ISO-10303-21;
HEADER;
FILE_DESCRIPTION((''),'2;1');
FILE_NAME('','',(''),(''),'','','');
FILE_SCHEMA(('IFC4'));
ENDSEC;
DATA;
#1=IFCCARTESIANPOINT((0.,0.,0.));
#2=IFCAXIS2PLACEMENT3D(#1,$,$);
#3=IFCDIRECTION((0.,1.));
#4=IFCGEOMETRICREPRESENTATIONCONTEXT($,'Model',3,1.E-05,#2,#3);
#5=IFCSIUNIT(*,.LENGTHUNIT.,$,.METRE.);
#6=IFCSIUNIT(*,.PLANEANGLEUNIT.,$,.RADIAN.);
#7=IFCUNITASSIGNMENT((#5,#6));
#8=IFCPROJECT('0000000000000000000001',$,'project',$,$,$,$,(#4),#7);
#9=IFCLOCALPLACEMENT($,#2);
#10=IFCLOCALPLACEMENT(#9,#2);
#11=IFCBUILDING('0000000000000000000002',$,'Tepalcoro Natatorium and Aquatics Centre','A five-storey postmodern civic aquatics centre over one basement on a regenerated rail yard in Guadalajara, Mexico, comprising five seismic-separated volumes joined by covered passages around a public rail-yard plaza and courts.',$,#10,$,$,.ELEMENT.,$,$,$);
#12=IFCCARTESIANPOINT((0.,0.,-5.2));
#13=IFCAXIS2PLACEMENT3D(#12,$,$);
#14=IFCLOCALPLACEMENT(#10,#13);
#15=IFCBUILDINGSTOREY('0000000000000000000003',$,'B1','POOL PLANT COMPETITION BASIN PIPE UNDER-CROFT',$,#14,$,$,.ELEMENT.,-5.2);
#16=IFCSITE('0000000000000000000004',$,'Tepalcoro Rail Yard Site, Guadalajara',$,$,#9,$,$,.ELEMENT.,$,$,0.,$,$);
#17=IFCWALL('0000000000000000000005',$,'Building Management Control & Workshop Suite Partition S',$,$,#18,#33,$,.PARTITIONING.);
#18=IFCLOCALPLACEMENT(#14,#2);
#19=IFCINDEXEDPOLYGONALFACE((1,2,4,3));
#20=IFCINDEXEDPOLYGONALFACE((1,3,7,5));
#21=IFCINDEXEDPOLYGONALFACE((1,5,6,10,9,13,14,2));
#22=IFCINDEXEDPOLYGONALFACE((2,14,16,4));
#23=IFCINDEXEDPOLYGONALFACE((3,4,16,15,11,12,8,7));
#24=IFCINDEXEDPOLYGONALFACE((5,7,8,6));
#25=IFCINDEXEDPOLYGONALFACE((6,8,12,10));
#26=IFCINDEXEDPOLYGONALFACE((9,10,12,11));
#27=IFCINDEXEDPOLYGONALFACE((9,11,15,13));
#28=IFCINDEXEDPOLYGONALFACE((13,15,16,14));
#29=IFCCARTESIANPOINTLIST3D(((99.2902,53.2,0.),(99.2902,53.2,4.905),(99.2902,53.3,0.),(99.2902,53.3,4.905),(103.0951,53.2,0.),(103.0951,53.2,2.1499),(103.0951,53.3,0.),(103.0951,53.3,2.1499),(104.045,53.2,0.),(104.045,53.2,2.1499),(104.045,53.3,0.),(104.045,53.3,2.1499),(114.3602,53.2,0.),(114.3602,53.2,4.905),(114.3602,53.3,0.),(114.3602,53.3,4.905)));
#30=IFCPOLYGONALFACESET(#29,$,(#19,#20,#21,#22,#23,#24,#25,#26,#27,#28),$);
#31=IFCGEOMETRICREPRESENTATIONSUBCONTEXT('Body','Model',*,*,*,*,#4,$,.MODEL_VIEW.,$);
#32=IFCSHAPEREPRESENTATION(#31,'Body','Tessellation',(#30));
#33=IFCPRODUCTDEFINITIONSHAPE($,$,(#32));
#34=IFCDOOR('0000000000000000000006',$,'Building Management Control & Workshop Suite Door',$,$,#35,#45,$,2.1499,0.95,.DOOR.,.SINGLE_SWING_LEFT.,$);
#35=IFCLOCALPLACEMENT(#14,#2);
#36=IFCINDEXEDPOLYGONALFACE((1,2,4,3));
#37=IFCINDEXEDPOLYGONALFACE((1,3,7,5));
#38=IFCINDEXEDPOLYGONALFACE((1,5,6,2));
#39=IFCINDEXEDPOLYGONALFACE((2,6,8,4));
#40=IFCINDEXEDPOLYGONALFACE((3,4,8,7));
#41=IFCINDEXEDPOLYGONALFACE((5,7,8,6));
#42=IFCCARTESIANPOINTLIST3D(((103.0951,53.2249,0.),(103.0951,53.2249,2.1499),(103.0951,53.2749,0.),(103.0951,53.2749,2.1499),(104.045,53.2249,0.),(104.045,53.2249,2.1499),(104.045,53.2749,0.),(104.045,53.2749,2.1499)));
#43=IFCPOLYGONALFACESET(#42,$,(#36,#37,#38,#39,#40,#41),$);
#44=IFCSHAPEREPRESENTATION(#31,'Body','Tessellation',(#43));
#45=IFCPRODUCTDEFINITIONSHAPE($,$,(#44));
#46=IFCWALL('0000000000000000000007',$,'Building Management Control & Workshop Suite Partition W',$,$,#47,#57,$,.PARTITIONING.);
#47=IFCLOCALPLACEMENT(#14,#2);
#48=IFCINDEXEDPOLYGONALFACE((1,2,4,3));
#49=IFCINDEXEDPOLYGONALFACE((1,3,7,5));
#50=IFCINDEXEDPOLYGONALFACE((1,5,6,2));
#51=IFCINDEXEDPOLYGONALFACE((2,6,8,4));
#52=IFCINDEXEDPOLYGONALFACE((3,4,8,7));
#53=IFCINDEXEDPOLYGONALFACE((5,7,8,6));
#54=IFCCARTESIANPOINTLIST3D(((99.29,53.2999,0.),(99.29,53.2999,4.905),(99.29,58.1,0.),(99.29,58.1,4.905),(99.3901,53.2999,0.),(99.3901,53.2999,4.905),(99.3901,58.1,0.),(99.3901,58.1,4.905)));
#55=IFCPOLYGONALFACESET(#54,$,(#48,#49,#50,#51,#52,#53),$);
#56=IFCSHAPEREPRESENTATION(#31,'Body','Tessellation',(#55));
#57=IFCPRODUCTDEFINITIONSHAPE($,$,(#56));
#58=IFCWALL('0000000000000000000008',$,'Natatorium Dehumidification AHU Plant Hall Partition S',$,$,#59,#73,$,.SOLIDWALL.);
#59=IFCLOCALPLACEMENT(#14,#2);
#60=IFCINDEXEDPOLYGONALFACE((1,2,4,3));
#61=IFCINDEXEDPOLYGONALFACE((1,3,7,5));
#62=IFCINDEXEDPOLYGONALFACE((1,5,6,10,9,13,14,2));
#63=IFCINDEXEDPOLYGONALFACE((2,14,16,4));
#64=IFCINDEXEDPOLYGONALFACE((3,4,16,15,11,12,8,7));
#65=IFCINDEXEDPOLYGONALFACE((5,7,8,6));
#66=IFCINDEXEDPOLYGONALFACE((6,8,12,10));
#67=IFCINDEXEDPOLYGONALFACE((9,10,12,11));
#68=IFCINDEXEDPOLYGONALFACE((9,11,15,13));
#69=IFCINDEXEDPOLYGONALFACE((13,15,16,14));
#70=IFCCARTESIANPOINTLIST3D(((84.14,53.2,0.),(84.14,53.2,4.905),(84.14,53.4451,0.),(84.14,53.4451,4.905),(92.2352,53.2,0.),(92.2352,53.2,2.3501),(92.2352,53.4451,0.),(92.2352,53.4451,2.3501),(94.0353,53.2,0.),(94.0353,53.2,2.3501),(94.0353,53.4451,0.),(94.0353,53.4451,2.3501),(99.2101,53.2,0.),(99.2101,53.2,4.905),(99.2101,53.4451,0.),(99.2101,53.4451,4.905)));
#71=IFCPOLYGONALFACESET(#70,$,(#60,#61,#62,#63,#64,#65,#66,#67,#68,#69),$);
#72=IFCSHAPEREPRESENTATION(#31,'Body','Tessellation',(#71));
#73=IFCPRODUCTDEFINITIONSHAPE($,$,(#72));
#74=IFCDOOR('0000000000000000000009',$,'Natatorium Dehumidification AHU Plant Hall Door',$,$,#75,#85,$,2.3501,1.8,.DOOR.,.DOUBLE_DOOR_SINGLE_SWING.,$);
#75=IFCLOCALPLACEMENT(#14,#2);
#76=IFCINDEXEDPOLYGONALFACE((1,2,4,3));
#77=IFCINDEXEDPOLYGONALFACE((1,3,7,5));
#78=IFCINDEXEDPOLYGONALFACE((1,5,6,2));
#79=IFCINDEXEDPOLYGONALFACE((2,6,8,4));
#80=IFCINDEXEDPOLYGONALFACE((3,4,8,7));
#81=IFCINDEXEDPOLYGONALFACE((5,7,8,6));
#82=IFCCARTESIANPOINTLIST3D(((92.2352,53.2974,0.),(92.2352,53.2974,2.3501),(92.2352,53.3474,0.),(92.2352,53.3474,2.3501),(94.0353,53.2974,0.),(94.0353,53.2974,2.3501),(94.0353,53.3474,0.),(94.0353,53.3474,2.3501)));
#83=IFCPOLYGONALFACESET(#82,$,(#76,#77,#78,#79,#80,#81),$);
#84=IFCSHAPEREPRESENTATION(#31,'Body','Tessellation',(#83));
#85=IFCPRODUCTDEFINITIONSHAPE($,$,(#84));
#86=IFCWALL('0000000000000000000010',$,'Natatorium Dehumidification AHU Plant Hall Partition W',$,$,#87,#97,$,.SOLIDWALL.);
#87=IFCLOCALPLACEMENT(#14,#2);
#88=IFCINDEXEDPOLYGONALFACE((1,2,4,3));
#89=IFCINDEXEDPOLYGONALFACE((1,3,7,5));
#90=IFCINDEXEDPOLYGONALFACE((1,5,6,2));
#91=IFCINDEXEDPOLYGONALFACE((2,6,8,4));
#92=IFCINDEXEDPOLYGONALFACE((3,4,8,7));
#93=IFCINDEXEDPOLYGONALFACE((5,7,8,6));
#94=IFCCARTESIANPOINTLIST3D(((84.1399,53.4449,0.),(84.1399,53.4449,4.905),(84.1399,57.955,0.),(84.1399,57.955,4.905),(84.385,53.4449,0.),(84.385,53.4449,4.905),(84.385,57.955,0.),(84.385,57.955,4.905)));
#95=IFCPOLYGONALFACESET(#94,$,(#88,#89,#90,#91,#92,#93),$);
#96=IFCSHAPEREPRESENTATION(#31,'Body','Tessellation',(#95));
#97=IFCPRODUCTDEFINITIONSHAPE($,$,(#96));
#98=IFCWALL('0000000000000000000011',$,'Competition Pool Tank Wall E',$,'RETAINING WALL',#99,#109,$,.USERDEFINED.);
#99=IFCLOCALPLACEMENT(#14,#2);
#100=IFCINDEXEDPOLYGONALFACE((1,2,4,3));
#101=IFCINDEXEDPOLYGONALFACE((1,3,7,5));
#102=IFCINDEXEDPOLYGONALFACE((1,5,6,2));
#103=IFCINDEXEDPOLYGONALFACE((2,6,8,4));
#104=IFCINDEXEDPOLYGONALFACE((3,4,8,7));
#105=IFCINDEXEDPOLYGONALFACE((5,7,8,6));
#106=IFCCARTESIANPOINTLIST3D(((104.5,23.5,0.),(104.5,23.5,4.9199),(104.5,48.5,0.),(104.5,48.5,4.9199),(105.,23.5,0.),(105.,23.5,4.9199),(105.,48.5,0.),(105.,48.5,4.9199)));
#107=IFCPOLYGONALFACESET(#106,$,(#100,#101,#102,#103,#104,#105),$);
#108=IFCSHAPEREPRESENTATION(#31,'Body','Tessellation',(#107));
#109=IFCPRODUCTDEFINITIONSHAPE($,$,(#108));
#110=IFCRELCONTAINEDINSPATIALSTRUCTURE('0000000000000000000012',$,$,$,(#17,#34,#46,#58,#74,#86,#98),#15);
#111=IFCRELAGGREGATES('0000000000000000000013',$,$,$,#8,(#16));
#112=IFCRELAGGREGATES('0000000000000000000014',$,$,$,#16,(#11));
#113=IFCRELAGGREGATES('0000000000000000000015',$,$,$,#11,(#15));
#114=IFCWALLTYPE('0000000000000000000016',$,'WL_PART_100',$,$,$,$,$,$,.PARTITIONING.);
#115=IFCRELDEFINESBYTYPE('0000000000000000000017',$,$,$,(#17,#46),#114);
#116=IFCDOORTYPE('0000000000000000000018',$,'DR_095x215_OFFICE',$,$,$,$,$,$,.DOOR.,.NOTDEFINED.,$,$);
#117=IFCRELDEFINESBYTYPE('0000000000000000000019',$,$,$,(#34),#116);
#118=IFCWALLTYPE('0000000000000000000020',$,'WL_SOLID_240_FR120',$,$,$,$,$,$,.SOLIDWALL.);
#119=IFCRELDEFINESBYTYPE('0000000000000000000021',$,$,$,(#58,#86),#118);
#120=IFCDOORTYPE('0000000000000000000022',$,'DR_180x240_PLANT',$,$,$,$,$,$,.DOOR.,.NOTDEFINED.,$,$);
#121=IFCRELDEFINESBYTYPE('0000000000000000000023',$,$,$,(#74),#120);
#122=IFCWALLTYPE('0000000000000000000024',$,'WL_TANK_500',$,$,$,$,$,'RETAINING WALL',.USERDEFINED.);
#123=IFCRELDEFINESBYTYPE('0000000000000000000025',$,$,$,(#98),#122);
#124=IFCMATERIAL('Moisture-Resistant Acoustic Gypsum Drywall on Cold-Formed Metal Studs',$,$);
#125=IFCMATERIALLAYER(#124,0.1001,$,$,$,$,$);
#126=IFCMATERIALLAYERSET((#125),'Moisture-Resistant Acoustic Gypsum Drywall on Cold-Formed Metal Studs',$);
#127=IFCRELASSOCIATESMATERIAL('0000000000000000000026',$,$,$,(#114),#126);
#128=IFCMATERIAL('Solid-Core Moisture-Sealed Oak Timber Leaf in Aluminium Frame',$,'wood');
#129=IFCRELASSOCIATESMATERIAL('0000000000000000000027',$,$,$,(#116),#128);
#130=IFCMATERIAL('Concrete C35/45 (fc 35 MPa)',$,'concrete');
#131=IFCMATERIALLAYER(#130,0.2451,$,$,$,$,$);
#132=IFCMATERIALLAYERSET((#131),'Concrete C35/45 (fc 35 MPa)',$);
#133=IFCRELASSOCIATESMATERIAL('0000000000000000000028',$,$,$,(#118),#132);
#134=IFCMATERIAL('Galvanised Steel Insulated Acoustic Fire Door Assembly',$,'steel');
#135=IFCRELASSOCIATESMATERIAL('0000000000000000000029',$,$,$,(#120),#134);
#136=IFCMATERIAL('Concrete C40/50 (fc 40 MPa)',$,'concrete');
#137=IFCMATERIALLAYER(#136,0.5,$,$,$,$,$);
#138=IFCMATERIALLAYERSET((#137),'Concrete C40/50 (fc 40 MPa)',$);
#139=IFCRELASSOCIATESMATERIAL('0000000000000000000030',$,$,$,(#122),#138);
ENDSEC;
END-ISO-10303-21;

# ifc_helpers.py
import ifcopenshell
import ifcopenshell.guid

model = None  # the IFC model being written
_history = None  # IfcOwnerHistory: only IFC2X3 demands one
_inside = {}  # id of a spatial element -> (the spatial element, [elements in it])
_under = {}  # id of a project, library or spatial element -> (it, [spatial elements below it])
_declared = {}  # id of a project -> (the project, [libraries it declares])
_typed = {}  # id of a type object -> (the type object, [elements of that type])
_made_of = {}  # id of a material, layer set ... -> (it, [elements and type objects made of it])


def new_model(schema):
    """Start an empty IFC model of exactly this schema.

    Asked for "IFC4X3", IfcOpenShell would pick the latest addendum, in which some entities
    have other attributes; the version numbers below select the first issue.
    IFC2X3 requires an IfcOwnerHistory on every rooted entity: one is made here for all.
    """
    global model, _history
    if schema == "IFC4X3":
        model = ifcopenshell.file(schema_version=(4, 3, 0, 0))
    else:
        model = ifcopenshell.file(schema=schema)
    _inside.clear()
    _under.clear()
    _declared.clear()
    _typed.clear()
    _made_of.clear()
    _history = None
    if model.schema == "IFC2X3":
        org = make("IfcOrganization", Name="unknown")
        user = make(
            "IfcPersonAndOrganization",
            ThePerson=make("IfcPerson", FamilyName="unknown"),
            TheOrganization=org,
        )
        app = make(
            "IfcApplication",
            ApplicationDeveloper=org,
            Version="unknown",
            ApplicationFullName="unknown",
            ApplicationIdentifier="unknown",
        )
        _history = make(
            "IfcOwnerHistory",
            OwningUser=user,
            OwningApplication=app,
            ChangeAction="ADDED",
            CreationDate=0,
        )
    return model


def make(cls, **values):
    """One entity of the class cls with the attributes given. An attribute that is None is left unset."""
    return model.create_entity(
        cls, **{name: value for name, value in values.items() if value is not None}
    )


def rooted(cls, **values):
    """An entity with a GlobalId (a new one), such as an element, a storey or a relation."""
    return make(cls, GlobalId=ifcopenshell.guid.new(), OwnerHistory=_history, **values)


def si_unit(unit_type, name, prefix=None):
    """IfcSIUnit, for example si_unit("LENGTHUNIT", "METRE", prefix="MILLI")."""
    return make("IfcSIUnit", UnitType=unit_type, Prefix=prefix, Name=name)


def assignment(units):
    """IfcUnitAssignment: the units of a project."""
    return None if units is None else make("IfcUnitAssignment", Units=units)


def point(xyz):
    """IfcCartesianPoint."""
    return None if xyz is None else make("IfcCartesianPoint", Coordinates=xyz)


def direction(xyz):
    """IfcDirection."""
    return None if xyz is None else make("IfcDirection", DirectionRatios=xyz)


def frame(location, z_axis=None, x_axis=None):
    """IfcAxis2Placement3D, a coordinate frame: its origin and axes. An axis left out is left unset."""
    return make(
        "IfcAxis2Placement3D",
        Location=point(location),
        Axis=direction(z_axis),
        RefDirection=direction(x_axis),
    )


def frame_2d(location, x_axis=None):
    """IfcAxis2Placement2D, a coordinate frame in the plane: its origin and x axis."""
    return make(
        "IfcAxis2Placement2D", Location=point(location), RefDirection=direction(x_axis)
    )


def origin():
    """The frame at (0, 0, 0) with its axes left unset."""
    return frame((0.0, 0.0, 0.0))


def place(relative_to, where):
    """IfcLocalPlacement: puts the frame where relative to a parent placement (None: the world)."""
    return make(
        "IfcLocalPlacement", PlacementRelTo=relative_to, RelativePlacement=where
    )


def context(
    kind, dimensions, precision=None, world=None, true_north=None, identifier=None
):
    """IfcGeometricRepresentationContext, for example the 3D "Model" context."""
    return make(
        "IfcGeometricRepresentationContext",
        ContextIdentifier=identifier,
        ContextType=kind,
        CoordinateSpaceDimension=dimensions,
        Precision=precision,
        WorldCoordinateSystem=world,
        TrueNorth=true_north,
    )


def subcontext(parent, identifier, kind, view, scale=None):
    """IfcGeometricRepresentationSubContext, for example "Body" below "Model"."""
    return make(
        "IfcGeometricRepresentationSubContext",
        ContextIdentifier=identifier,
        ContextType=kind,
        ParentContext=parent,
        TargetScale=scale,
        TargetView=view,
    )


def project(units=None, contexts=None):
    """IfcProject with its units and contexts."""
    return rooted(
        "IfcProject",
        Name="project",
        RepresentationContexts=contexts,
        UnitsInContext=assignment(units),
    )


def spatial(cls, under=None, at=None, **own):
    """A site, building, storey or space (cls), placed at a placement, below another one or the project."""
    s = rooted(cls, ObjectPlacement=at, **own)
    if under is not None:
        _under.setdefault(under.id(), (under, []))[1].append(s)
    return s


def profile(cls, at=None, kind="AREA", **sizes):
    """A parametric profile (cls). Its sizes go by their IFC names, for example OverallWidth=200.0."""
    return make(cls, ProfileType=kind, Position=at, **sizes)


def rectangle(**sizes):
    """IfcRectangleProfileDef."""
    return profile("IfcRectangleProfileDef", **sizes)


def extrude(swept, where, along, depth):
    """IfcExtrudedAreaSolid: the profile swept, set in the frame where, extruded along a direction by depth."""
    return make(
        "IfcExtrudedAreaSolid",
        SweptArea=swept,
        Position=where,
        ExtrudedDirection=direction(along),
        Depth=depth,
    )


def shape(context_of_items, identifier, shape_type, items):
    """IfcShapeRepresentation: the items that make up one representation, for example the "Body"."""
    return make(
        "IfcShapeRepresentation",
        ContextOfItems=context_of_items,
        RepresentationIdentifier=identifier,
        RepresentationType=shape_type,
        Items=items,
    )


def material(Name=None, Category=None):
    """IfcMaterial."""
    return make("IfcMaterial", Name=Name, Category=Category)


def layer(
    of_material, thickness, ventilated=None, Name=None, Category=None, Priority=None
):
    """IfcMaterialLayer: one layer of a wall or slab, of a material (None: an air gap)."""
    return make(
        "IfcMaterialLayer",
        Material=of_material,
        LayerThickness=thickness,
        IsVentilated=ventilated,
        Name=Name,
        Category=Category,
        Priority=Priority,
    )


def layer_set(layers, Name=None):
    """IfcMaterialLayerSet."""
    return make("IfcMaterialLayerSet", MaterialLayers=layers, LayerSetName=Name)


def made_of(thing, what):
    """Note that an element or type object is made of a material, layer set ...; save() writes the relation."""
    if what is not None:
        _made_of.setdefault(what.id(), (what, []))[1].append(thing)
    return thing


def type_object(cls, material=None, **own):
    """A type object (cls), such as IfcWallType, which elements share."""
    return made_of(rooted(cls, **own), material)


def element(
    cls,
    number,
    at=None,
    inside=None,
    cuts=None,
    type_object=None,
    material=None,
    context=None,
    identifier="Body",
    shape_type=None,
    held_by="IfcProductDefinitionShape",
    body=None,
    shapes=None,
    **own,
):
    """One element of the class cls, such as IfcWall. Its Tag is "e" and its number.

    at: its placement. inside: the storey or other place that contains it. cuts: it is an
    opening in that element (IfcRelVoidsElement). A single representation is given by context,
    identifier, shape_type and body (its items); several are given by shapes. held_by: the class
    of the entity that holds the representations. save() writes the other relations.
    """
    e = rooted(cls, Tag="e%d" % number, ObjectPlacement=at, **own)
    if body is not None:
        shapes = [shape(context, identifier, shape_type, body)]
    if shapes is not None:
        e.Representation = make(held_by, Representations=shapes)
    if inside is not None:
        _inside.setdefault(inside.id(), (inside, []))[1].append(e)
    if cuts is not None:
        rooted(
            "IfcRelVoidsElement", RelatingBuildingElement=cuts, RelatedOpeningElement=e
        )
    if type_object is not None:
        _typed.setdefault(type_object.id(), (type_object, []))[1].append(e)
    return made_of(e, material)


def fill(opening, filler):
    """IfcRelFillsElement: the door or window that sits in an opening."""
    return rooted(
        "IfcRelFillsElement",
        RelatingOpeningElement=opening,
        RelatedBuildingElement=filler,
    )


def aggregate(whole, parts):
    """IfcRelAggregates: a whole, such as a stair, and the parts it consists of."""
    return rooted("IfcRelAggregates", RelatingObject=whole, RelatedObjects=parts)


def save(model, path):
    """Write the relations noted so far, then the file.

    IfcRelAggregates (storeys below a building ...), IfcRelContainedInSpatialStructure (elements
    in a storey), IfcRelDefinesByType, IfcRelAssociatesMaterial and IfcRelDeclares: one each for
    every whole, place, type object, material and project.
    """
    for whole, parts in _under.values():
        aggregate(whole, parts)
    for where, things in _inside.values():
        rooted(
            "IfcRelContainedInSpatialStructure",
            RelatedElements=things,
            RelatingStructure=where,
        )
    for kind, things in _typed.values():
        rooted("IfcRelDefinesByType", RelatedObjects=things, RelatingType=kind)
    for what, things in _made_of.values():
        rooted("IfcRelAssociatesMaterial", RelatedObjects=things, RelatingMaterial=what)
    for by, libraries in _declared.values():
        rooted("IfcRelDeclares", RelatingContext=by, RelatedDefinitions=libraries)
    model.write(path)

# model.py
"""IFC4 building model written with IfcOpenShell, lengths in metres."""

from ifc_helpers import new_model, si_unit, direction, frame, frame_2d, origin, place, context, subcontext, project, spatial, rectangle, extrude, material, layer, layer_set, type_object, element, fill, save


model = new_model("IFC4")

# Units and contexts
model_context = context("Model", 3, precision=1e-05, world=origin(), true_north=direction((0.0, 1.0)))
body_context = subcontext(model_context, "Body", "Model", "MODEL_VIEW")
ifc_project = project(units=[si_unit("LENGTHUNIT", "METRE"), si_unit("PLANEANGLEUNIT", "RADIAN")], contexts=[model_context])

# Site, building, storey
site_placement = place(None, origin())
site = spatial("IfcSite", under=ifc_project, at=site_placement, Name="Tepalcoro Rail Yard Site, Guadalajara", CompositionType="ELEMENT", RefElevation=0.0)
building_placement = place(site_placement, origin())
building = spatial("IfcBuilding", under=site, at=building_placement, Name="Tepalcoro Natatorium and Aquatics Centre", Description="A five-storey postmodern civic aquatics centre over one basement on a regenerated rail yard in Guadalajara, Mexico, comprising five seismic-separated volumes joined by covered passages around a public rail-yard plaza and courts.", CompositionType="ELEMENT")
storey_placement = place(building_placement, frame((0.0, 0.0, -5.2)))
storey = spatial("IfcBuildingStorey", under=building, at=storey_placement, Name="B1", Description="POOL PLANT COMPETITION BASIN PIPE UNDER-CROFT", CompositionType="ELEMENT", Elevation=-5.2)

# Shared definitions
ifc_material_1 = material(Name="Concrete C40/50 (fc 40 MPa)", Category="concrete")

# Wall, opening, door
ifc_material_2 = material(Name="Moisture-Resistant Acoustic Gypsum Drywall on Cold-Formed Metal Studs")
ifc_layer_1 = layer(ifc_material_2, 0.1001)
ifc_layer_set_1 = layer_set([ifc_layer_1], Name="Moisture-Resistant Acoustic Gypsum Drywall on Cold-Formed Metal Studs")
wall_type_1 = type_object("IfcWallType", Name="WL_PART_100", PredefinedType="PARTITIONING", material=ifc_layer_set_1)
wall_1_placement = place(storey_placement, frame((99.29, 53.25, 0.0), z_axis=(0.0, 0.0, 1.0), x_axis=(1.0, 0.0, 0.0)))
wall_1 = element("IfcWall", 1, at=wall_1_placement, inside=storey, type_object=wall_type_1, Name="Building Management Control & Workshop Suite Partition S", PredefinedType="PARTITIONING", context=body_context, shape_type="SweptSolid", body=[
    extrude(rectangle(XDim=15.0701, YDim=0.1001, at=frame_2d((7.5352, 0.0))), origin(), (0.0, 0.0, 1.0), 4.905),
])
opening_1_placement = place(wall_1_placement, frame((3.8049, 0.0, 0.0)))
opening_1 = element("IfcOpeningElement", 2, at=opening_1_placement, cuts=wall_1, PredefinedType="OPENING", context=body_context, shape_type="SweptSolid", body=[
    extrude(rectangle(XDim=0.95, YDim=2.1499, at=frame_2d((0.4751, 1.075))), frame((0.0, 0.062, 0.0), z_axis=(0.0, -1.0, 0.0), x_axis=(1.0, 0.0, 0.0)), (0.0, 0.0, 1.0), 0.124),
])
ifc_material_3 = material(Name="Solid-Core Moisture-Sealed Oak Timber Leaf in Aluminium Frame", Category="wood")
door_type_1 = type_object("IfcDoorType", Name="DR_095x215_OFFICE", OperationType="NOTDEFINED", PredefinedType="DOOR", material=ifc_material_3)
door_1_placement = place(opening_1_placement, origin())
door_1 = element("IfcDoor", 3, at=door_1_placement, inside=storey, type_object=door_type_1, Name="Building Management Control & Workshop Suite Door", OperationType="SINGLE_SWING_LEFT", OverallHeight=2.1499, OverallWidth=0.95, PredefinedType="DOOR", context=body_context, shape_type="SweptSolid", body=[
    extrude(rectangle(XDim=0.95, YDim=2.1499, at=frame_2d((0.4751, 1.075))), frame((0.0, 0.0249, 0.0), z_axis=(0.0, -1.0, 0.0), x_axis=(1.0, 0.0, 0.0)), (0.0, 0.0, 1.0), 0.05),
])
fill(opening_1, door_1)

# Wall
wall_2_placement = place(storey_placement, frame((99.3401, 53.3, 0.0), z_axis=(0.0, 0.0, 1.0), x_axis=(0.0, 1.0, 0.0)))
element("IfcWall", 4, at=wall_2_placement, inside=storey, type_object=wall_type_1, Name="Building Management Control & Workshop Suite Partition W", PredefinedType="PARTITIONING", context=body_context, shape_type="SweptSolid", body=[
    extrude(rectangle(XDim=4.8, YDim=0.1001, at=frame_2d((2.3999, 0.0))), origin(), (0.0, 0.0, 1.0), 4.905),
])

# Wall, opening, door
ifc_material_4 = material(Name="Concrete C35/45 (fc 35 MPa)", Category="concrete")
ifc_layer_2 = layer(ifc_material_4, 0.2451)
ifc_layer_set_2 = layer_set([ifc_layer_2], Name="Concrete C35/45 (fc 35 MPa)")
wall_type_2 = type_object("IfcWallType", Name="WL_SOLID_240_FR120", PredefinedType="SOLIDWALL", material=ifc_layer_set_2)
wall_3_placement = place(storey_placement, frame((84.1399, 53.3225, 0.0), z_axis=(0.0, 0.0, 1.0), x_axis=(1.0, 0.0, 0.0)))
wall_3 = element("IfcWall", 5, at=wall_3_placement, inside=storey, type_object=wall_type_2, Name="Natatorium Dehumidification AHU Plant Hall Partition S", PredefinedType="SOLIDWALL", context=body_context, shape_type="SweptSolid", body=[
    extrude(rectangle(XDim=15.0701, YDim=0.2451, at=frame_2d((7.5352, 0.0))), origin(), (0.0, 0.0, 1.0), 4.905),
])
opening_2_placement = place(wall_3_placement, frame((8.0955, 0.0, 0.0)))
opening_2 = element("IfcOpeningElement", 6, at=opening_2_placement, cuts=wall_3, PredefinedType="OPENING", context=body_context, shape_type="SweptSolid", body=[
    extrude(rectangle(XDim=1.8, YDim=2.3501, at=frame_2d((0.8999, 1.175))), frame((0.0, 0.1345, 0.0), z_axis=(0.0, -1.0, 0.0), x_axis=(1.0, 0.0, 0.0)), (0.0, 0.0, 1.0), 0.269),
])
ifc_material_5 = material(Name="Galvanised Steel Insulated Acoustic Fire Door Assembly", Category="steel")
door_type_2 = type_object("IfcDoorType", Name="DR_180x240_PLANT", OperationType="NOTDEFINED", PredefinedType="DOOR", material=ifc_material_5)
door_2_placement = place(opening_2_placement, origin())
door_2 = element("IfcDoor", 7, at=door_2_placement, inside=storey, type_object=door_type_2, Name="Natatorium Dehumidification AHU Plant Hall Door", OperationType="DOUBLE_DOOR_SINGLE_SWING", OverallHeight=2.3501, OverallWidth=1.8, PredefinedType="DOOR", context=body_context, shape_type="SweptSolid", body=[
    extrude(rectangle(XDim=1.8, YDim=2.3501, at=frame_2d((0.8999, 1.175))), frame((0.0, 0.0249, 0.0), z_axis=(0.0, -1.0, 0.0), x_axis=(1.0, 0.0, 0.0)), (0.0, 0.0, 1.0), 0.05),
])
fill(opening_2, door_2)

# Walls
wall_4_placement = place(storey_placement, frame((84.2625, 53.4451, 0.0), z_axis=(0.0, 0.0, 1.0), x_axis=(0.0, 1.0, 0.0)))
element("IfcWall", 8, at=wall_4_placement, inside=storey, type_object=wall_type_2, Name="Natatorium Dehumidification AHU Plant Hall Partition W", PredefinedType="SOLIDWALL", context=body_context, shape_type="SweptSolid", body=[
    extrude(rectangle(XDim=4.51, YDim=0.2451, at=frame_2d((2.2549, 0.0))), origin(), (0.0, 0.0, 1.0), 4.905),
])
ifc_layer_3 = layer(ifc_material_1, 0.5)
ifc_layer_set_3 = layer_set([ifc_layer_3], Name="Concrete C40/50 (fc 40 MPa)")
wall_type_3 = type_object("IfcWallType", Name="WL_TANK_500", ElementType="RETAINING WALL", PredefinedType="USERDEFINED", material=ifc_layer_set_3)
wall_5_placement = place(storey_placement, frame((104.75, 23.5, 0.0), z_axis=(0.0, 0.0, 1.0), x_axis=(0.0, 1.0, 0.0)))
element("IfcWall", 9, at=wall_5_placement, inside=storey, type_object=wall_type_3, Name="Competition Pool Tank Wall E", ObjectType="RETAINING WALL", PredefinedType="USERDEFINED", context=body_context, shape_type="SweptSolid", body=[
    extrude(rectangle(XDim=25.0, YDim=0.5, at=frame_2d((12.5, 0.0))), origin(), (0.0, 0.0, 1.0), 4.9199),
])

save(model, "model.ifc")
